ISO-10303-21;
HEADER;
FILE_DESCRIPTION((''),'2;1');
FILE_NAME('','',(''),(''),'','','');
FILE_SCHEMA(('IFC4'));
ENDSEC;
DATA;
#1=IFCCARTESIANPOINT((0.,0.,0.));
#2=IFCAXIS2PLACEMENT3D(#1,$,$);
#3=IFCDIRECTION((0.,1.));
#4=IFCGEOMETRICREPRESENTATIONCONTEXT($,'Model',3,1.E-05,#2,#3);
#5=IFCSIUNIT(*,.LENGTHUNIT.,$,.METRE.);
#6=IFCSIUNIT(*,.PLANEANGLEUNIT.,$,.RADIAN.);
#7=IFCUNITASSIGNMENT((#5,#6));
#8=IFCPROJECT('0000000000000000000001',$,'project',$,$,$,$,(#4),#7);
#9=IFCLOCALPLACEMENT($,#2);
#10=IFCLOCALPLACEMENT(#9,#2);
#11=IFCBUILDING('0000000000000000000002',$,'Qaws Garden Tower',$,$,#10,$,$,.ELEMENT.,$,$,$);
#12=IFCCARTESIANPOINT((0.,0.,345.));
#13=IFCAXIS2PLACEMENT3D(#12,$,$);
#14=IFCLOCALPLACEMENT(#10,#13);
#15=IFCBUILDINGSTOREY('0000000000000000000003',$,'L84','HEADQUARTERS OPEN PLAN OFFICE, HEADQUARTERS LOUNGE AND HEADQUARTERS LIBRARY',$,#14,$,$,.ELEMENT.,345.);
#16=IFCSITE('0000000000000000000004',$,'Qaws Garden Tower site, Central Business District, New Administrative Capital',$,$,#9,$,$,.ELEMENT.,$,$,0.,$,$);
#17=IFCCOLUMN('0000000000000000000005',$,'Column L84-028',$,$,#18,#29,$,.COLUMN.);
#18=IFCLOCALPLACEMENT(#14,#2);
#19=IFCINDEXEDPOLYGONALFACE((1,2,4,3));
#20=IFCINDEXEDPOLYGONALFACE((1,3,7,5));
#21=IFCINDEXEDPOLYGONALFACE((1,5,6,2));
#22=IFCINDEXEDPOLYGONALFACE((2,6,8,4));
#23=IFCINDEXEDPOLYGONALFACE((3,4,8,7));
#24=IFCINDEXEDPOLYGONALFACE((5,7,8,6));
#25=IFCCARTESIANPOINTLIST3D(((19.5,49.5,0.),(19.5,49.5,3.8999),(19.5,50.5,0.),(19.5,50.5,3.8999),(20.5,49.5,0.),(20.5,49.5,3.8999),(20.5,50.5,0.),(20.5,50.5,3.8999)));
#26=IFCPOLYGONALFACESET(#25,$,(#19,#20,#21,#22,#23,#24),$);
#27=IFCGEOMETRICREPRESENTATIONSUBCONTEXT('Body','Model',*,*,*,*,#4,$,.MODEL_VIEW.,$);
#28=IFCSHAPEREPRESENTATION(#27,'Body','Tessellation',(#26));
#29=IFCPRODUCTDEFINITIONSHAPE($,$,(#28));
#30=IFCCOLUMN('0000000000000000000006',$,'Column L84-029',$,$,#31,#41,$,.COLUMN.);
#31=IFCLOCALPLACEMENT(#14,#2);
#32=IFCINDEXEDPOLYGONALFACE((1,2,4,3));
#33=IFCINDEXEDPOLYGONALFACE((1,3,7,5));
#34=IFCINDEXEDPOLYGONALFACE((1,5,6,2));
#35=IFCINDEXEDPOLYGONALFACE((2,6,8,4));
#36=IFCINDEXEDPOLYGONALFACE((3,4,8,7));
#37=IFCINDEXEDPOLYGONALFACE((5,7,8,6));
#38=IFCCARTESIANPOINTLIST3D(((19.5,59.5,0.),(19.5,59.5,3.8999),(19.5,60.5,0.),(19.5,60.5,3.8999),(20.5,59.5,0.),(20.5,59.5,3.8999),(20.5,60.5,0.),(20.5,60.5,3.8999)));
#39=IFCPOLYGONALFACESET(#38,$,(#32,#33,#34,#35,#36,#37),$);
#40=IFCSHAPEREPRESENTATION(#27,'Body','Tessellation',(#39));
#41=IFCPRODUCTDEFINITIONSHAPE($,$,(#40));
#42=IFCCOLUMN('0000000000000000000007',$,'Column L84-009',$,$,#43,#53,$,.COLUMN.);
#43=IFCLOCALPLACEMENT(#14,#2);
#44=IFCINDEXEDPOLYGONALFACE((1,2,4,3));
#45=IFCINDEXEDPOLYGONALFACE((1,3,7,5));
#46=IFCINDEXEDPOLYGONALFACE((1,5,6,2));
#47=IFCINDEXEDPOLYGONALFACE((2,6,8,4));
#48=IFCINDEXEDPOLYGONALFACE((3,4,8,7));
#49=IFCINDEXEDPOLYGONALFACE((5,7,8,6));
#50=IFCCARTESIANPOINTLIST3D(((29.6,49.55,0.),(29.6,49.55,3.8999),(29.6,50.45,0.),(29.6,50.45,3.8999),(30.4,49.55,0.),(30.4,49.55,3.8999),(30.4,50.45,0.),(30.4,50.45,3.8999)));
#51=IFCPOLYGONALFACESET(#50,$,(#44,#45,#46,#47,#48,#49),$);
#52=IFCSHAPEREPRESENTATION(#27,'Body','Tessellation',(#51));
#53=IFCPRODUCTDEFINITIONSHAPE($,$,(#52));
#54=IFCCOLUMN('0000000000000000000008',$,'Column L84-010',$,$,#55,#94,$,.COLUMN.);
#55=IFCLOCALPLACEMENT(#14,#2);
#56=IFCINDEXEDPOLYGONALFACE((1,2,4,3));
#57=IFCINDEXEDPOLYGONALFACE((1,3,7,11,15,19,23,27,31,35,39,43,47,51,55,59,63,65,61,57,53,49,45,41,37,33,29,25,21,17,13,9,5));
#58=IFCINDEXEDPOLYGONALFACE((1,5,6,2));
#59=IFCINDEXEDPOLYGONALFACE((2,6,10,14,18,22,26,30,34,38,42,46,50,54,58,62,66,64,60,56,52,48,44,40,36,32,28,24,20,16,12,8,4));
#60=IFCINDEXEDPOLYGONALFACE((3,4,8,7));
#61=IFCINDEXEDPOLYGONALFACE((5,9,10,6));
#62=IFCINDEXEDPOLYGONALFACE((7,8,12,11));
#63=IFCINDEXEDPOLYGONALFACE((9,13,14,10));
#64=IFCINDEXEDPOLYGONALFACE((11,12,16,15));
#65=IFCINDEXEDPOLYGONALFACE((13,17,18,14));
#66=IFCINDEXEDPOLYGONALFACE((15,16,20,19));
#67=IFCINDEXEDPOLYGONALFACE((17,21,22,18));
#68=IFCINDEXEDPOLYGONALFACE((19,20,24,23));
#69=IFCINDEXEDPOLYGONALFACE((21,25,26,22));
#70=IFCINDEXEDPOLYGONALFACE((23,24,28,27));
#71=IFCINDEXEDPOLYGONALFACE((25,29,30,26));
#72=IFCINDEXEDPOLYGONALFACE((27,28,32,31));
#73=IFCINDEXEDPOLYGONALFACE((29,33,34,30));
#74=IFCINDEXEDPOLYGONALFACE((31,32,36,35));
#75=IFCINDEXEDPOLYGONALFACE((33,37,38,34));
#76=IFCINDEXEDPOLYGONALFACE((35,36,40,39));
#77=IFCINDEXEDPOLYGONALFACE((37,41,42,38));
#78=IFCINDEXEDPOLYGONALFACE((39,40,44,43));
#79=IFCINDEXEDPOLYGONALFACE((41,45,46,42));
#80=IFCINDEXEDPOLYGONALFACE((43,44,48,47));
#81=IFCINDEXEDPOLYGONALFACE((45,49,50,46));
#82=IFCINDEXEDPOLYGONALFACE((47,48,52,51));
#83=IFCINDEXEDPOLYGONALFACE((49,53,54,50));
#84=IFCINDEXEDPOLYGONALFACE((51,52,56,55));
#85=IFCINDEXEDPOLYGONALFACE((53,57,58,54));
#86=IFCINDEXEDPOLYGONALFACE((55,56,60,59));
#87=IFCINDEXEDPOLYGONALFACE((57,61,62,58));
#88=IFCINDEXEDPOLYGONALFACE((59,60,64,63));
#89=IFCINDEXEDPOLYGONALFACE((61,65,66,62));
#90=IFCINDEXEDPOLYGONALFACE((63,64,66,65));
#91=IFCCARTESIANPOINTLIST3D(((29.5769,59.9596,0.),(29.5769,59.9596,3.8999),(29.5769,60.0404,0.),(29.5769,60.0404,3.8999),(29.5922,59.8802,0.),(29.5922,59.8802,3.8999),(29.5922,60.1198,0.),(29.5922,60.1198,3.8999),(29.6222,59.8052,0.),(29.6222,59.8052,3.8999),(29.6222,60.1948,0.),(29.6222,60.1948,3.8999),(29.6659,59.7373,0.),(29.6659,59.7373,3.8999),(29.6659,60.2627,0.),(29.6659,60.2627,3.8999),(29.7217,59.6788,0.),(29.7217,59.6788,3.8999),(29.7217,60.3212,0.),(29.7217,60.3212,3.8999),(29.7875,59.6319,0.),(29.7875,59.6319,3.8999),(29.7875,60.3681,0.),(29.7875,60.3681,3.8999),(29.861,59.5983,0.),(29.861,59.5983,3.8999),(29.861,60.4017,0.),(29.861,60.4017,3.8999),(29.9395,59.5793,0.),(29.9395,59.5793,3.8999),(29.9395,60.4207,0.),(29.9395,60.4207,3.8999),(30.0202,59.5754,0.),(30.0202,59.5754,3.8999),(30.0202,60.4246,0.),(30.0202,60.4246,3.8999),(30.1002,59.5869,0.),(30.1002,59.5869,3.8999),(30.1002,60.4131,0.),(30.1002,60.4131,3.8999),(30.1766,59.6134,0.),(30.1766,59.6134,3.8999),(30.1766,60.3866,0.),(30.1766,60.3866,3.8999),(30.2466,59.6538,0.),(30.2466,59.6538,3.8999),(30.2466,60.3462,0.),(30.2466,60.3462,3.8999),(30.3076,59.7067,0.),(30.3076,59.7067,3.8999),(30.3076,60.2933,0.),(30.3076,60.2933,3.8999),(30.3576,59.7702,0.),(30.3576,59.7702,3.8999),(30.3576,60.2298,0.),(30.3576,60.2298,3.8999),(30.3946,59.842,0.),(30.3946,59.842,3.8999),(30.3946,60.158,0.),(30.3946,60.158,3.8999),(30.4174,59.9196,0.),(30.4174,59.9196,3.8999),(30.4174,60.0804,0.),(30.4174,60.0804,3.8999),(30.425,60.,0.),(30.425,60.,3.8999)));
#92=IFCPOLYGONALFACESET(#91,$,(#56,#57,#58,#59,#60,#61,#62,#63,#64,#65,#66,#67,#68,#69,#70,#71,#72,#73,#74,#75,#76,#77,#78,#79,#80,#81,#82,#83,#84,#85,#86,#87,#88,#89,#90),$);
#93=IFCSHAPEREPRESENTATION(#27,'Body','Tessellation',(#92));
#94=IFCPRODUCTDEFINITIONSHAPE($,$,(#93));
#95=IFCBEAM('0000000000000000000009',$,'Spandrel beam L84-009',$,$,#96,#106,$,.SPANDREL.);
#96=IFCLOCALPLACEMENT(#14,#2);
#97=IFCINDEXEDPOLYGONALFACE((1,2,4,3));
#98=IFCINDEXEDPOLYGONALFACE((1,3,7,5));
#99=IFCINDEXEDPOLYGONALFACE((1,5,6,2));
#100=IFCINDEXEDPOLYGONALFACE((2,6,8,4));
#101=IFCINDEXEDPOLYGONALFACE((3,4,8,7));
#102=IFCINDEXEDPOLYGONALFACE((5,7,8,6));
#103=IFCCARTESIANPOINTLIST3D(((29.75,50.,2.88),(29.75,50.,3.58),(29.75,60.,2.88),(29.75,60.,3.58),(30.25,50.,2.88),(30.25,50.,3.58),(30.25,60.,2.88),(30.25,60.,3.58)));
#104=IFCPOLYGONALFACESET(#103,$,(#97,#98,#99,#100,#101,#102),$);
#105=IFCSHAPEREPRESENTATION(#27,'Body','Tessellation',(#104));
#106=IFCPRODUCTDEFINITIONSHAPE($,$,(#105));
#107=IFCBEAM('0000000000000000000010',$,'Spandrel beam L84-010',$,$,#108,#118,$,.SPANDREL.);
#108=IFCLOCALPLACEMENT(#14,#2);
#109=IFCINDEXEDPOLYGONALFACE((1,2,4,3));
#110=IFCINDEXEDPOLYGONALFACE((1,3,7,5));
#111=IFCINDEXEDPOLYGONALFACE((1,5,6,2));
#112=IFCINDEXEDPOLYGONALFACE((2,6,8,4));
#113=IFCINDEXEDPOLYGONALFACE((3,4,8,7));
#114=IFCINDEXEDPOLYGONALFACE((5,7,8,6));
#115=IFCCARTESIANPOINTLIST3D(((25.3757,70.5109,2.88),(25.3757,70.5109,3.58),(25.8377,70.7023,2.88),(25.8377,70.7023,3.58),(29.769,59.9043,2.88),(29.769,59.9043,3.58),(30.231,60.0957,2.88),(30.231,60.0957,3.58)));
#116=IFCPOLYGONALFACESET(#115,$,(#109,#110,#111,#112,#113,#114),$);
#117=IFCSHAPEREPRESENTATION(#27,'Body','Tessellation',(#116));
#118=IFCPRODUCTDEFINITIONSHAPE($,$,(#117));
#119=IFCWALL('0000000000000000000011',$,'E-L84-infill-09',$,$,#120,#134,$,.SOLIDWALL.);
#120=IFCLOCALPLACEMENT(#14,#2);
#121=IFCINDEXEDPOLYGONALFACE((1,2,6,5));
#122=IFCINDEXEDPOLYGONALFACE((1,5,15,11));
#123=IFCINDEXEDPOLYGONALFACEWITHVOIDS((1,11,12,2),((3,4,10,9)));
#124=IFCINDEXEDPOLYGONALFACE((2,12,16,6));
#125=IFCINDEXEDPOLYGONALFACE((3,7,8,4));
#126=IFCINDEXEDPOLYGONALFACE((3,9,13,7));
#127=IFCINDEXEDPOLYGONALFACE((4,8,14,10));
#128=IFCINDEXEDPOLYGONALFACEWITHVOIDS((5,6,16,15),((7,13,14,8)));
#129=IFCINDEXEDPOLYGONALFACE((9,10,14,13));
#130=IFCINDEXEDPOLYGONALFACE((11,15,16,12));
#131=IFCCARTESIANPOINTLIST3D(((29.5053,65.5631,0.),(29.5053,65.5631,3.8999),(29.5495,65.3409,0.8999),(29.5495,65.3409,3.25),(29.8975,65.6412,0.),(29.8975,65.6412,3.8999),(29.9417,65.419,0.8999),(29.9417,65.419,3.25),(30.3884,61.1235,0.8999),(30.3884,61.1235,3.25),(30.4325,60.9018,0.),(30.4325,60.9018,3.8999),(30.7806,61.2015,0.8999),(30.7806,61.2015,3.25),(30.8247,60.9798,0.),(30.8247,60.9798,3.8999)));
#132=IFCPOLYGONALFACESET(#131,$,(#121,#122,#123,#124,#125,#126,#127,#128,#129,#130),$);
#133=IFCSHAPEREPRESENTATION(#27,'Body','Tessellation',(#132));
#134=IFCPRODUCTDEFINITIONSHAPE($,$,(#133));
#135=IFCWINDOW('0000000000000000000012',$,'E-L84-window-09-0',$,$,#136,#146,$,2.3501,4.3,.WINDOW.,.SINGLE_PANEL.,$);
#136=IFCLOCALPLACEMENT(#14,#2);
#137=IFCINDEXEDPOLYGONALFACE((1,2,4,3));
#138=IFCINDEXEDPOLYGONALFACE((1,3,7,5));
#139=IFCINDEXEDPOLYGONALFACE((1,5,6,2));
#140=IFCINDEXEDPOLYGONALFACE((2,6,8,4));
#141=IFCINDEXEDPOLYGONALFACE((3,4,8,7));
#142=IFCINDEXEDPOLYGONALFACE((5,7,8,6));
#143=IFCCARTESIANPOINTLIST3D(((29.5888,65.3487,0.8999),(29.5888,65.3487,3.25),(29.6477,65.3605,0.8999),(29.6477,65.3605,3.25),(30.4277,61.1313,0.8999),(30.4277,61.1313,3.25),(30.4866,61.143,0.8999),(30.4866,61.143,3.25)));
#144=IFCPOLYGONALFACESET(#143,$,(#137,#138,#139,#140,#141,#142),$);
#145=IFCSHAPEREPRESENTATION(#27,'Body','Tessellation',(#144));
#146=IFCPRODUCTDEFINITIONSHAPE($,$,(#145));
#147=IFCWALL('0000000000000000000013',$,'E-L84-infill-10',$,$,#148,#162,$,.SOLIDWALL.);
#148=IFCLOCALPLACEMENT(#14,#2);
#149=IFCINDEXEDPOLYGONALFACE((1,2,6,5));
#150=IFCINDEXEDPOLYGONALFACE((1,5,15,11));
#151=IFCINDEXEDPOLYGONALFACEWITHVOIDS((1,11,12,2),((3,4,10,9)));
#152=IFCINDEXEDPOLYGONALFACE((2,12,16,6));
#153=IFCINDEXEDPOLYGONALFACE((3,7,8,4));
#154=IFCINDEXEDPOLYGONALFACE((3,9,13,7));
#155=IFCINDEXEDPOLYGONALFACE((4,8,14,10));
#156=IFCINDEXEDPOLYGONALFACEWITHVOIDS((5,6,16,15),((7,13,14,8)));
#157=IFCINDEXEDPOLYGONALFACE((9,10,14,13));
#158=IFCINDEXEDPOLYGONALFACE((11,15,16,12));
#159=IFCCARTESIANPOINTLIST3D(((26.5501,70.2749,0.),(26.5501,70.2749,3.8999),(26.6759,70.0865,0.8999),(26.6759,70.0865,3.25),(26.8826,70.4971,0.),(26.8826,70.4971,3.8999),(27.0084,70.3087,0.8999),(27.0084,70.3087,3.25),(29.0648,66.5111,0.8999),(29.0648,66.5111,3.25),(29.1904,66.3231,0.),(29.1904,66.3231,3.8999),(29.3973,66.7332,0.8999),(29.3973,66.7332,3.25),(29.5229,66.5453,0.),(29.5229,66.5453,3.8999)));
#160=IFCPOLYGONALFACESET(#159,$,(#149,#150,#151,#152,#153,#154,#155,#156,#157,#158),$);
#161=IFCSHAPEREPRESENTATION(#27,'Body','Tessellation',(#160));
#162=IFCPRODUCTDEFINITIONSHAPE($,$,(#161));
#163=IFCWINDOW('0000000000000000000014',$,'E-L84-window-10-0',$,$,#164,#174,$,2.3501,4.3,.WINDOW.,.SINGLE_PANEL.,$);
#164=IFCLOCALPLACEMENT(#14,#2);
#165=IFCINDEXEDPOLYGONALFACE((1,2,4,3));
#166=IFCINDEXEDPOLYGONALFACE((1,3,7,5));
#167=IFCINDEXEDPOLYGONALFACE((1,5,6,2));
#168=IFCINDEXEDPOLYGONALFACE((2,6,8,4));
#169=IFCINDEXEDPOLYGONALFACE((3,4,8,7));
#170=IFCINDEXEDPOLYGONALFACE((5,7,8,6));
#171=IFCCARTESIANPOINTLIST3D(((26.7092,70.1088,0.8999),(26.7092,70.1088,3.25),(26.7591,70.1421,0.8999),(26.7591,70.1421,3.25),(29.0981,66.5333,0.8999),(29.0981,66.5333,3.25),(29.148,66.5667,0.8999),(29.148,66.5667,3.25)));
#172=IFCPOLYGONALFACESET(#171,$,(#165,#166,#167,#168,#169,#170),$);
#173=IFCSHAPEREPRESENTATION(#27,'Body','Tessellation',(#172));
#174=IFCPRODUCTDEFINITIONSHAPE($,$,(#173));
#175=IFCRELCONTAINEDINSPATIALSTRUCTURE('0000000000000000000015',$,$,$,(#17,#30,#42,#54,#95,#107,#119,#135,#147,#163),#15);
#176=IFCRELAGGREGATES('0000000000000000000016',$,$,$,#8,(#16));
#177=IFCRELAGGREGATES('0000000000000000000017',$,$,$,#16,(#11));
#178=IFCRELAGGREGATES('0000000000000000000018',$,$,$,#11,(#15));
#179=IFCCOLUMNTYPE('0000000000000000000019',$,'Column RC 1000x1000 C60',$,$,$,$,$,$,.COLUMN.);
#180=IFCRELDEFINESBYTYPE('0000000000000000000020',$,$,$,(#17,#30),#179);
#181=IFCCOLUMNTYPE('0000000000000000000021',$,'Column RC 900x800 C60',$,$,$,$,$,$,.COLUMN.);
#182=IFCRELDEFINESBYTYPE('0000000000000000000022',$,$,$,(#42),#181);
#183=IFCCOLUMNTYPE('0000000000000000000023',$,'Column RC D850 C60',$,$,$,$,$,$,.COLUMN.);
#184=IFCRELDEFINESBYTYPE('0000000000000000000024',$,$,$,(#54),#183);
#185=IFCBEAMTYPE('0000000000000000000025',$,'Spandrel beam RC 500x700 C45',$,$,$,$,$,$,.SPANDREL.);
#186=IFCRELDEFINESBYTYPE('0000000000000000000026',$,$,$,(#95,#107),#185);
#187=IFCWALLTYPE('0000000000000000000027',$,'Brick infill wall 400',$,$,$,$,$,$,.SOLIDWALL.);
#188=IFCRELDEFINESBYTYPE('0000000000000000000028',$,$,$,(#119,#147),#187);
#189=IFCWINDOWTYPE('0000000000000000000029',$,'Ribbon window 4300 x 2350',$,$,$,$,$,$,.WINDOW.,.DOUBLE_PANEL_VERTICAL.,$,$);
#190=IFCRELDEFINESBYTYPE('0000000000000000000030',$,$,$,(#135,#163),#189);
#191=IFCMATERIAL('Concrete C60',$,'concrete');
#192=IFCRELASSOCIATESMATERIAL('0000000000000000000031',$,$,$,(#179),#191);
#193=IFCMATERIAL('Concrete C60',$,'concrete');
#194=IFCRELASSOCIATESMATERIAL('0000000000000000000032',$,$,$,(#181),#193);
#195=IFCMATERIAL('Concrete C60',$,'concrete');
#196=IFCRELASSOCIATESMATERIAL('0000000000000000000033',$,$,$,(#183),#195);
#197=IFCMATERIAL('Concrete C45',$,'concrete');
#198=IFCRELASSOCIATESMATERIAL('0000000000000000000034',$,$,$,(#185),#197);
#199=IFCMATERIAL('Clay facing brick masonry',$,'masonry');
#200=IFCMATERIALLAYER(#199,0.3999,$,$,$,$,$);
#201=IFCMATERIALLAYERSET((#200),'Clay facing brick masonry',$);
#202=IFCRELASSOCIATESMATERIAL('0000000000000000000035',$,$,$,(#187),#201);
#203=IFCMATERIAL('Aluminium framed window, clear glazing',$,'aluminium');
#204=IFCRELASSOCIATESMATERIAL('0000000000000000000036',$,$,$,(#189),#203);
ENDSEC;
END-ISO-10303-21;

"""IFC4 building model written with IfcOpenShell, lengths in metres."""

from ifc_helpers import new_model, si_unit, direction, frame, frame_2d, origin, origin_2d, place, context, subcontext, project, spatial, rectangle, circle, extrude, material, layer, layer_set, material_profile, profile_set, type_object, element, fill, save


model = new_model("IFC4")

# Units and contexts
model_context = context("Model", 3, precision=1e-05, world=origin(), true_north=direction((0.0, 1.0)))
body_context = subcontext(model_context, "Body", "Model", "MODEL_VIEW")
ifc_project = project(units=[si_unit("LENGTHUNIT", "METRE"), si_unit("PLANEANGLEUNIT", "RADIAN")], contexts=[model_context])

# Site, building, storey
site_placement = place(None, origin())
site = spatial("IfcSite", under=ifc_project, at=site_placement, Name="Qaws Garden Tower site, Central Business District, New Administrative Capital", CompositionType="ELEMENT", RefElevation=0.0)
building_placement = place(site_placement, origin())
building = spatial("IfcBuilding", under=site, at=building_placement, Name="Qaws Garden Tower", CompositionType="ELEMENT")
storey_placement = place(building_placement, frame((0.0, 0.0, 345.0)))
storey = spatial("IfcBuildingStorey", under=building, at=storey_placement, Name="L84", Description="HEADQUARTERS OPEN PLAN OFFICE, HEADQUARTERS LOUNGE AND HEADQUARTERS LIBRARY", CompositionType="ELEMENT", Elevation=345.0)

# Columns
ifc_material_1 = material(Name="Concrete C60", Category="concrete")
ifc_material_profile_1 = material_profile(ifc_material_1, rectangle(XDim=1.0, YDim=1.0, at=origin_2d()), Name="RC 1000x1000")
ifc_profile_set_1 = profile_set([ifc_material_profile_1], Name="Concrete C60")
column_type_1 = type_object("IfcColumnType", Name="Column RC 1000x1000 C60", PredefinedType="COLUMN", material=ifc_profile_set_1)
for number, where, z_axis, x_axis, name in (
    (1, (20.0, 50.0, 0.0), (0.0, 0.0, 1.0), (1.0, 0.0, 0.0), "Column L84-028"),
    (2, (20.0, 60.0, 0.0), (0.0, 0.0, 1.0), (1.0, 0.0, 0.0), "Column L84-029"),
):
    element("IfcColumn", number, at=place(storey_placement, frame(where, z_axis=z_axis, x_axis=x_axis)), inside=storey, type_object=column_type_1, Name=name, PredefinedType="COLUMN", context=body_context, shape_type="SweptSolid", body=[
        extrude(rectangle(XDim=1.0, YDim=1.0, at=origin_2d()), origin(), (0.0, 0.0, 1.0), 3.8999),
    ])
ifc_material_2 = material(Name="Concrete C60", Category="concrete")
ifc_material_profile_2 = material_profile(ifc_material_2, rectangle(XDim=0.8999, YDim=0.8, at=origin_2d()), Name="RC 900x800")
ifc_profile_set_2 = profile_set([ifc_material_profile_2], Name="Concrete C60")
column_type_2 = type_object("IfcColumnType", Name="Column RC 900x800 C60", PredefinedType="COLUMN", material=ifc_profile_set_2)
column_1_placement = place(storey_placement, frame((30.0, 50.0, 0.0), z_axis=(0.0, 0.0, 1.0), x_axis=(0.0, 1.0, 0.0)))
element("IfcColumn", 3, at=column_1_placement, inside=storey, type_object=column_type_2, Name="Column L84-009", PredefinedType="COLUMN", context=body_context, shape_type="SweptSolid", body=[
    extrude(rectangle(XDim=0.8999, YDim=0.8, at=origin_2d()), origin(), (0.0, 0.0, 1.0), 3.8999),
])
ifc_material_3 = material(Name="Concrete C60", Category="concrete")
ifc_material_profile_3 = material_profile(ifc_material_3, circle(Radius=0.425, at=origin_2d()), Name="RC D850")
ifc_profile_set_3 = profile_set([ifc_material_profile_3], Name="Concrete C60")
column_type_3 = type_object("IfcColumnType", Name="Column RC D850 C60", PredefinedType="COLUMN", material=ifc_profile_set_3)
column_2_placement = place(storey_placement, frame((30.0, 60.0, 0.0), z_axis=(0.0, 0.0, 1.0), x_axis=(1.0, 0.0, 0.0)))
element("IfcColumn", 4, at=column_2_placement, inside=storey, type_object=column_type_3, Name="Column L84-010", PredefinedType="COLUMN", context=body_context, shape_type="SweptSolid", body=[
    extrude(circle(Radius=0.425, at=origin_2d()), origin(), (0.0, 0.0, 1.0), 3.8999),
])

# Beams
ifc_material_4 = material(Name="Concrete C45", Category="concrete")
ifc_material_profile_4 = material_profile(ifc_material_4, rectangle(XDim=0.5, YDim=0.7, at=origin_2d()), Name="RC 500x700")
ifc_profile_set_4 = profile_set([ifc_material_profile_4], Name="Concrete C45")
beam_type = type_object("IfcBeamType", Name="Spandrel beam RC 500x700 C45", PredefinedType="SPANDREL", material=ifc_profile_set_4)
beam_1_placement = place(storey_placement, frame((30.0, 50.0, 3.23), z_axis=(0.0, 1.0, 0.0), x_axis=(-1.0, 0.0, 0.0)))
element("IfcBeam", 5, at=beam_1_placement, inside=storey, type_object=beam_type, Name="Spandrel beam L84-009", PredefinedType="SPANDREL", context=body_context, shape_type="SweptSolid", body=[
    extrude(rectangle(XDim=0.5, YDim=0.7, at=origin_2d()), origin(), (0.0, 0.0, 1.0), 10.0),
])
beam_2_placement = place(storey_placement, frame((30.0, 60.0, 3.23), z_axis=(-0.382674, 0.923883, 0.0), x_axis=(-0.923883, -0.382674, 0.0)))
element("IfcBeam", 6, at=beam_2_placement, inside=storey, type_object=beam_type, Name="Spandrel beam L84-010", PredefinedType="SPANDREL", context=body_context, shape_type="SweptSolid", body=[
    extrude(rectangle(XDim=0.5, YDim=0.7, at=origin_2d()), origin(), (0.0, 0.0, 1.0), 11.4805),
])

# Walls, openings, windows
ifc_material_5 = material(Name="Clay facing brick masonry", Category="masonry")
ifc_layer_1 = layer(ifc_material_5, 0.3999)
ifc_layer_set_1 = layer_set([ifc_layer_1], Name="Clay facing brick masonry")
wall_type_1 = type_object("IfcWallType", Name="Brick infill wall 400", PredefinedType="SOLIDWALL", material=ifc_layer_set_1)
wall_1_placement = place(storey_placement, frame((30.6287, 60.9407, 0.0), z_axis=(0.0, 0.0, 1.0), x_axis=(-0.195099, 0.980784, 0.0)))
wall_1 = element("IfcWall", 7, at=wall_1_placement, inside=storey, type_object=wall_type_1, Name="E-L84-infill-09", PredefinedType="SOLIDWALL", context=body_context, shape_type="SweptSolid", body=[
    extrude(rectangle(XDim=4.7527, YDim=0.3999, at=frame_2d((2.3765, 0.0))), origin(), (0.0, 0.0, 1.0), 3.8999),
])
opening_1_placement = place(wall_1_placement, frame((0.2263, 0.0, 0.8999)))
opening_1 = element("IfcOpeningElement", 8, at=opening_1_placement, cuts=wall_1, PredefinedType="OPENING", context=body_context, shape_type="SweptSolid", body=[
    extrude(rectangle(XDim=4.3, YDim=2.3501, at=frame_2d((2.1499, 1.175))), frame((0.0, 0.21, 0.0), z_axis=(0.0, -1.0, 0.0), x_axis=(1.0, 0.0, 0.0)), (0.0, 0.0, 1.0), 0.4199),
])
ifc_material_6 = material(Name="Aluminium framed window, clear glazing", Category="aluminium")
window_type = type_object("IfcWindowType", Name="Ribbon window 4300 x 2350", PartitioningType="DOUBLE_PANEL_VERTICAL", PredefinedType="WINDOW", material=ifc_material_6)
window_1_placement = place(opening_1_placement, origin())
window_1 = element("IfcWindow", 9, at=window_1_placement, inside=storey, type_object=window_type, Name="E-L84-window-09-0", OverallHeight=2.3501, OverallWidth=4.3, PartitioningType="SINGLE_PANEL", PredefinedType="WINDOW", context=body_context, shape_type="SweptSolid", body=[
    extrude(rectangle(XDim=4.3, YDim=2.3501, at=frame_2d((2.1499, 1.175))), frame((0.0, 0.1599, 0.0), z_axis=(0.0, -1.0, 0.0), x_axis=(1.0, 0.0, 0.0)), (0.0, 0.0, 1.0), 0.0601),
])
fill(opening_1, window_1)
wall_2_placement = place(storey_placement, frame((29.3567, 66.4341, 0.0), z_axis=(0.0, 0.0, 1.0), x_axis=(-0.555542, 0.831489, 0.0)))
wall_2 = element("IfcWall", 10, at=wall_2_placement, inside=storey, type_object=wall_type_1, Name="E-L84-infill-10", PredefinedType="SOLIDWALL", context=body_context, shape_type="SweptSolid", body=[
    extrude(rectangle(XDim=4.7527, YDim=0.3999, at=frame_2d((2.3765, 0.0))), origin(), (0.0, 0.0, 1.0), 3.8999),
])
opening_2_placement = place(wall_2_placement, frame((0.2263, 0.0, 0.8999)))
opening_2 = element("IfcOpeningElement", 11, at=opening_2_placement, cuts=wall_2, PredefinedType="OPENING", context=body_context, shape_type="SweptSolid", body=[
    extrude(rectangle(XDim=4.3, YDim=2.3501, at=frame_2d((2.1499, 1.175))), frame((0.0, 0.21, 0.0), z_axis=(0.0, -1.0, 0.0), x_axis=(1.0, 0.0, 0.0)), (0.0, 0.0, 1.0), 0.4199),
])
window_2_placement = place(opening_2_placement, origin())
window_2 = element("IfcWindow", 12, at=window_2_placement, inside=storey, type_object=window_type, Name="E-L84-window-10-0", OverallHeight=2.3501, OverallWidth=4.3, PartitioningType="SINGLE_PANEL", PredefinedType="WINDOW", context=body_context, shape_type="SweptSolid", body=[
    extrude(rectangle(XDim=4.3, YDim=2.3501, at=frame_2d((2.1499, 1.175))), frame((0.0, 0.1599, 0.0), z_axis=(0.0, -1.0, 0.0), x_axis=(1.0, 0.0, 0.0)), (0.0, 0.0, 1.0), 0.0601),
])
fill(opening_2, window_2)

save(model, "model.ifc")
